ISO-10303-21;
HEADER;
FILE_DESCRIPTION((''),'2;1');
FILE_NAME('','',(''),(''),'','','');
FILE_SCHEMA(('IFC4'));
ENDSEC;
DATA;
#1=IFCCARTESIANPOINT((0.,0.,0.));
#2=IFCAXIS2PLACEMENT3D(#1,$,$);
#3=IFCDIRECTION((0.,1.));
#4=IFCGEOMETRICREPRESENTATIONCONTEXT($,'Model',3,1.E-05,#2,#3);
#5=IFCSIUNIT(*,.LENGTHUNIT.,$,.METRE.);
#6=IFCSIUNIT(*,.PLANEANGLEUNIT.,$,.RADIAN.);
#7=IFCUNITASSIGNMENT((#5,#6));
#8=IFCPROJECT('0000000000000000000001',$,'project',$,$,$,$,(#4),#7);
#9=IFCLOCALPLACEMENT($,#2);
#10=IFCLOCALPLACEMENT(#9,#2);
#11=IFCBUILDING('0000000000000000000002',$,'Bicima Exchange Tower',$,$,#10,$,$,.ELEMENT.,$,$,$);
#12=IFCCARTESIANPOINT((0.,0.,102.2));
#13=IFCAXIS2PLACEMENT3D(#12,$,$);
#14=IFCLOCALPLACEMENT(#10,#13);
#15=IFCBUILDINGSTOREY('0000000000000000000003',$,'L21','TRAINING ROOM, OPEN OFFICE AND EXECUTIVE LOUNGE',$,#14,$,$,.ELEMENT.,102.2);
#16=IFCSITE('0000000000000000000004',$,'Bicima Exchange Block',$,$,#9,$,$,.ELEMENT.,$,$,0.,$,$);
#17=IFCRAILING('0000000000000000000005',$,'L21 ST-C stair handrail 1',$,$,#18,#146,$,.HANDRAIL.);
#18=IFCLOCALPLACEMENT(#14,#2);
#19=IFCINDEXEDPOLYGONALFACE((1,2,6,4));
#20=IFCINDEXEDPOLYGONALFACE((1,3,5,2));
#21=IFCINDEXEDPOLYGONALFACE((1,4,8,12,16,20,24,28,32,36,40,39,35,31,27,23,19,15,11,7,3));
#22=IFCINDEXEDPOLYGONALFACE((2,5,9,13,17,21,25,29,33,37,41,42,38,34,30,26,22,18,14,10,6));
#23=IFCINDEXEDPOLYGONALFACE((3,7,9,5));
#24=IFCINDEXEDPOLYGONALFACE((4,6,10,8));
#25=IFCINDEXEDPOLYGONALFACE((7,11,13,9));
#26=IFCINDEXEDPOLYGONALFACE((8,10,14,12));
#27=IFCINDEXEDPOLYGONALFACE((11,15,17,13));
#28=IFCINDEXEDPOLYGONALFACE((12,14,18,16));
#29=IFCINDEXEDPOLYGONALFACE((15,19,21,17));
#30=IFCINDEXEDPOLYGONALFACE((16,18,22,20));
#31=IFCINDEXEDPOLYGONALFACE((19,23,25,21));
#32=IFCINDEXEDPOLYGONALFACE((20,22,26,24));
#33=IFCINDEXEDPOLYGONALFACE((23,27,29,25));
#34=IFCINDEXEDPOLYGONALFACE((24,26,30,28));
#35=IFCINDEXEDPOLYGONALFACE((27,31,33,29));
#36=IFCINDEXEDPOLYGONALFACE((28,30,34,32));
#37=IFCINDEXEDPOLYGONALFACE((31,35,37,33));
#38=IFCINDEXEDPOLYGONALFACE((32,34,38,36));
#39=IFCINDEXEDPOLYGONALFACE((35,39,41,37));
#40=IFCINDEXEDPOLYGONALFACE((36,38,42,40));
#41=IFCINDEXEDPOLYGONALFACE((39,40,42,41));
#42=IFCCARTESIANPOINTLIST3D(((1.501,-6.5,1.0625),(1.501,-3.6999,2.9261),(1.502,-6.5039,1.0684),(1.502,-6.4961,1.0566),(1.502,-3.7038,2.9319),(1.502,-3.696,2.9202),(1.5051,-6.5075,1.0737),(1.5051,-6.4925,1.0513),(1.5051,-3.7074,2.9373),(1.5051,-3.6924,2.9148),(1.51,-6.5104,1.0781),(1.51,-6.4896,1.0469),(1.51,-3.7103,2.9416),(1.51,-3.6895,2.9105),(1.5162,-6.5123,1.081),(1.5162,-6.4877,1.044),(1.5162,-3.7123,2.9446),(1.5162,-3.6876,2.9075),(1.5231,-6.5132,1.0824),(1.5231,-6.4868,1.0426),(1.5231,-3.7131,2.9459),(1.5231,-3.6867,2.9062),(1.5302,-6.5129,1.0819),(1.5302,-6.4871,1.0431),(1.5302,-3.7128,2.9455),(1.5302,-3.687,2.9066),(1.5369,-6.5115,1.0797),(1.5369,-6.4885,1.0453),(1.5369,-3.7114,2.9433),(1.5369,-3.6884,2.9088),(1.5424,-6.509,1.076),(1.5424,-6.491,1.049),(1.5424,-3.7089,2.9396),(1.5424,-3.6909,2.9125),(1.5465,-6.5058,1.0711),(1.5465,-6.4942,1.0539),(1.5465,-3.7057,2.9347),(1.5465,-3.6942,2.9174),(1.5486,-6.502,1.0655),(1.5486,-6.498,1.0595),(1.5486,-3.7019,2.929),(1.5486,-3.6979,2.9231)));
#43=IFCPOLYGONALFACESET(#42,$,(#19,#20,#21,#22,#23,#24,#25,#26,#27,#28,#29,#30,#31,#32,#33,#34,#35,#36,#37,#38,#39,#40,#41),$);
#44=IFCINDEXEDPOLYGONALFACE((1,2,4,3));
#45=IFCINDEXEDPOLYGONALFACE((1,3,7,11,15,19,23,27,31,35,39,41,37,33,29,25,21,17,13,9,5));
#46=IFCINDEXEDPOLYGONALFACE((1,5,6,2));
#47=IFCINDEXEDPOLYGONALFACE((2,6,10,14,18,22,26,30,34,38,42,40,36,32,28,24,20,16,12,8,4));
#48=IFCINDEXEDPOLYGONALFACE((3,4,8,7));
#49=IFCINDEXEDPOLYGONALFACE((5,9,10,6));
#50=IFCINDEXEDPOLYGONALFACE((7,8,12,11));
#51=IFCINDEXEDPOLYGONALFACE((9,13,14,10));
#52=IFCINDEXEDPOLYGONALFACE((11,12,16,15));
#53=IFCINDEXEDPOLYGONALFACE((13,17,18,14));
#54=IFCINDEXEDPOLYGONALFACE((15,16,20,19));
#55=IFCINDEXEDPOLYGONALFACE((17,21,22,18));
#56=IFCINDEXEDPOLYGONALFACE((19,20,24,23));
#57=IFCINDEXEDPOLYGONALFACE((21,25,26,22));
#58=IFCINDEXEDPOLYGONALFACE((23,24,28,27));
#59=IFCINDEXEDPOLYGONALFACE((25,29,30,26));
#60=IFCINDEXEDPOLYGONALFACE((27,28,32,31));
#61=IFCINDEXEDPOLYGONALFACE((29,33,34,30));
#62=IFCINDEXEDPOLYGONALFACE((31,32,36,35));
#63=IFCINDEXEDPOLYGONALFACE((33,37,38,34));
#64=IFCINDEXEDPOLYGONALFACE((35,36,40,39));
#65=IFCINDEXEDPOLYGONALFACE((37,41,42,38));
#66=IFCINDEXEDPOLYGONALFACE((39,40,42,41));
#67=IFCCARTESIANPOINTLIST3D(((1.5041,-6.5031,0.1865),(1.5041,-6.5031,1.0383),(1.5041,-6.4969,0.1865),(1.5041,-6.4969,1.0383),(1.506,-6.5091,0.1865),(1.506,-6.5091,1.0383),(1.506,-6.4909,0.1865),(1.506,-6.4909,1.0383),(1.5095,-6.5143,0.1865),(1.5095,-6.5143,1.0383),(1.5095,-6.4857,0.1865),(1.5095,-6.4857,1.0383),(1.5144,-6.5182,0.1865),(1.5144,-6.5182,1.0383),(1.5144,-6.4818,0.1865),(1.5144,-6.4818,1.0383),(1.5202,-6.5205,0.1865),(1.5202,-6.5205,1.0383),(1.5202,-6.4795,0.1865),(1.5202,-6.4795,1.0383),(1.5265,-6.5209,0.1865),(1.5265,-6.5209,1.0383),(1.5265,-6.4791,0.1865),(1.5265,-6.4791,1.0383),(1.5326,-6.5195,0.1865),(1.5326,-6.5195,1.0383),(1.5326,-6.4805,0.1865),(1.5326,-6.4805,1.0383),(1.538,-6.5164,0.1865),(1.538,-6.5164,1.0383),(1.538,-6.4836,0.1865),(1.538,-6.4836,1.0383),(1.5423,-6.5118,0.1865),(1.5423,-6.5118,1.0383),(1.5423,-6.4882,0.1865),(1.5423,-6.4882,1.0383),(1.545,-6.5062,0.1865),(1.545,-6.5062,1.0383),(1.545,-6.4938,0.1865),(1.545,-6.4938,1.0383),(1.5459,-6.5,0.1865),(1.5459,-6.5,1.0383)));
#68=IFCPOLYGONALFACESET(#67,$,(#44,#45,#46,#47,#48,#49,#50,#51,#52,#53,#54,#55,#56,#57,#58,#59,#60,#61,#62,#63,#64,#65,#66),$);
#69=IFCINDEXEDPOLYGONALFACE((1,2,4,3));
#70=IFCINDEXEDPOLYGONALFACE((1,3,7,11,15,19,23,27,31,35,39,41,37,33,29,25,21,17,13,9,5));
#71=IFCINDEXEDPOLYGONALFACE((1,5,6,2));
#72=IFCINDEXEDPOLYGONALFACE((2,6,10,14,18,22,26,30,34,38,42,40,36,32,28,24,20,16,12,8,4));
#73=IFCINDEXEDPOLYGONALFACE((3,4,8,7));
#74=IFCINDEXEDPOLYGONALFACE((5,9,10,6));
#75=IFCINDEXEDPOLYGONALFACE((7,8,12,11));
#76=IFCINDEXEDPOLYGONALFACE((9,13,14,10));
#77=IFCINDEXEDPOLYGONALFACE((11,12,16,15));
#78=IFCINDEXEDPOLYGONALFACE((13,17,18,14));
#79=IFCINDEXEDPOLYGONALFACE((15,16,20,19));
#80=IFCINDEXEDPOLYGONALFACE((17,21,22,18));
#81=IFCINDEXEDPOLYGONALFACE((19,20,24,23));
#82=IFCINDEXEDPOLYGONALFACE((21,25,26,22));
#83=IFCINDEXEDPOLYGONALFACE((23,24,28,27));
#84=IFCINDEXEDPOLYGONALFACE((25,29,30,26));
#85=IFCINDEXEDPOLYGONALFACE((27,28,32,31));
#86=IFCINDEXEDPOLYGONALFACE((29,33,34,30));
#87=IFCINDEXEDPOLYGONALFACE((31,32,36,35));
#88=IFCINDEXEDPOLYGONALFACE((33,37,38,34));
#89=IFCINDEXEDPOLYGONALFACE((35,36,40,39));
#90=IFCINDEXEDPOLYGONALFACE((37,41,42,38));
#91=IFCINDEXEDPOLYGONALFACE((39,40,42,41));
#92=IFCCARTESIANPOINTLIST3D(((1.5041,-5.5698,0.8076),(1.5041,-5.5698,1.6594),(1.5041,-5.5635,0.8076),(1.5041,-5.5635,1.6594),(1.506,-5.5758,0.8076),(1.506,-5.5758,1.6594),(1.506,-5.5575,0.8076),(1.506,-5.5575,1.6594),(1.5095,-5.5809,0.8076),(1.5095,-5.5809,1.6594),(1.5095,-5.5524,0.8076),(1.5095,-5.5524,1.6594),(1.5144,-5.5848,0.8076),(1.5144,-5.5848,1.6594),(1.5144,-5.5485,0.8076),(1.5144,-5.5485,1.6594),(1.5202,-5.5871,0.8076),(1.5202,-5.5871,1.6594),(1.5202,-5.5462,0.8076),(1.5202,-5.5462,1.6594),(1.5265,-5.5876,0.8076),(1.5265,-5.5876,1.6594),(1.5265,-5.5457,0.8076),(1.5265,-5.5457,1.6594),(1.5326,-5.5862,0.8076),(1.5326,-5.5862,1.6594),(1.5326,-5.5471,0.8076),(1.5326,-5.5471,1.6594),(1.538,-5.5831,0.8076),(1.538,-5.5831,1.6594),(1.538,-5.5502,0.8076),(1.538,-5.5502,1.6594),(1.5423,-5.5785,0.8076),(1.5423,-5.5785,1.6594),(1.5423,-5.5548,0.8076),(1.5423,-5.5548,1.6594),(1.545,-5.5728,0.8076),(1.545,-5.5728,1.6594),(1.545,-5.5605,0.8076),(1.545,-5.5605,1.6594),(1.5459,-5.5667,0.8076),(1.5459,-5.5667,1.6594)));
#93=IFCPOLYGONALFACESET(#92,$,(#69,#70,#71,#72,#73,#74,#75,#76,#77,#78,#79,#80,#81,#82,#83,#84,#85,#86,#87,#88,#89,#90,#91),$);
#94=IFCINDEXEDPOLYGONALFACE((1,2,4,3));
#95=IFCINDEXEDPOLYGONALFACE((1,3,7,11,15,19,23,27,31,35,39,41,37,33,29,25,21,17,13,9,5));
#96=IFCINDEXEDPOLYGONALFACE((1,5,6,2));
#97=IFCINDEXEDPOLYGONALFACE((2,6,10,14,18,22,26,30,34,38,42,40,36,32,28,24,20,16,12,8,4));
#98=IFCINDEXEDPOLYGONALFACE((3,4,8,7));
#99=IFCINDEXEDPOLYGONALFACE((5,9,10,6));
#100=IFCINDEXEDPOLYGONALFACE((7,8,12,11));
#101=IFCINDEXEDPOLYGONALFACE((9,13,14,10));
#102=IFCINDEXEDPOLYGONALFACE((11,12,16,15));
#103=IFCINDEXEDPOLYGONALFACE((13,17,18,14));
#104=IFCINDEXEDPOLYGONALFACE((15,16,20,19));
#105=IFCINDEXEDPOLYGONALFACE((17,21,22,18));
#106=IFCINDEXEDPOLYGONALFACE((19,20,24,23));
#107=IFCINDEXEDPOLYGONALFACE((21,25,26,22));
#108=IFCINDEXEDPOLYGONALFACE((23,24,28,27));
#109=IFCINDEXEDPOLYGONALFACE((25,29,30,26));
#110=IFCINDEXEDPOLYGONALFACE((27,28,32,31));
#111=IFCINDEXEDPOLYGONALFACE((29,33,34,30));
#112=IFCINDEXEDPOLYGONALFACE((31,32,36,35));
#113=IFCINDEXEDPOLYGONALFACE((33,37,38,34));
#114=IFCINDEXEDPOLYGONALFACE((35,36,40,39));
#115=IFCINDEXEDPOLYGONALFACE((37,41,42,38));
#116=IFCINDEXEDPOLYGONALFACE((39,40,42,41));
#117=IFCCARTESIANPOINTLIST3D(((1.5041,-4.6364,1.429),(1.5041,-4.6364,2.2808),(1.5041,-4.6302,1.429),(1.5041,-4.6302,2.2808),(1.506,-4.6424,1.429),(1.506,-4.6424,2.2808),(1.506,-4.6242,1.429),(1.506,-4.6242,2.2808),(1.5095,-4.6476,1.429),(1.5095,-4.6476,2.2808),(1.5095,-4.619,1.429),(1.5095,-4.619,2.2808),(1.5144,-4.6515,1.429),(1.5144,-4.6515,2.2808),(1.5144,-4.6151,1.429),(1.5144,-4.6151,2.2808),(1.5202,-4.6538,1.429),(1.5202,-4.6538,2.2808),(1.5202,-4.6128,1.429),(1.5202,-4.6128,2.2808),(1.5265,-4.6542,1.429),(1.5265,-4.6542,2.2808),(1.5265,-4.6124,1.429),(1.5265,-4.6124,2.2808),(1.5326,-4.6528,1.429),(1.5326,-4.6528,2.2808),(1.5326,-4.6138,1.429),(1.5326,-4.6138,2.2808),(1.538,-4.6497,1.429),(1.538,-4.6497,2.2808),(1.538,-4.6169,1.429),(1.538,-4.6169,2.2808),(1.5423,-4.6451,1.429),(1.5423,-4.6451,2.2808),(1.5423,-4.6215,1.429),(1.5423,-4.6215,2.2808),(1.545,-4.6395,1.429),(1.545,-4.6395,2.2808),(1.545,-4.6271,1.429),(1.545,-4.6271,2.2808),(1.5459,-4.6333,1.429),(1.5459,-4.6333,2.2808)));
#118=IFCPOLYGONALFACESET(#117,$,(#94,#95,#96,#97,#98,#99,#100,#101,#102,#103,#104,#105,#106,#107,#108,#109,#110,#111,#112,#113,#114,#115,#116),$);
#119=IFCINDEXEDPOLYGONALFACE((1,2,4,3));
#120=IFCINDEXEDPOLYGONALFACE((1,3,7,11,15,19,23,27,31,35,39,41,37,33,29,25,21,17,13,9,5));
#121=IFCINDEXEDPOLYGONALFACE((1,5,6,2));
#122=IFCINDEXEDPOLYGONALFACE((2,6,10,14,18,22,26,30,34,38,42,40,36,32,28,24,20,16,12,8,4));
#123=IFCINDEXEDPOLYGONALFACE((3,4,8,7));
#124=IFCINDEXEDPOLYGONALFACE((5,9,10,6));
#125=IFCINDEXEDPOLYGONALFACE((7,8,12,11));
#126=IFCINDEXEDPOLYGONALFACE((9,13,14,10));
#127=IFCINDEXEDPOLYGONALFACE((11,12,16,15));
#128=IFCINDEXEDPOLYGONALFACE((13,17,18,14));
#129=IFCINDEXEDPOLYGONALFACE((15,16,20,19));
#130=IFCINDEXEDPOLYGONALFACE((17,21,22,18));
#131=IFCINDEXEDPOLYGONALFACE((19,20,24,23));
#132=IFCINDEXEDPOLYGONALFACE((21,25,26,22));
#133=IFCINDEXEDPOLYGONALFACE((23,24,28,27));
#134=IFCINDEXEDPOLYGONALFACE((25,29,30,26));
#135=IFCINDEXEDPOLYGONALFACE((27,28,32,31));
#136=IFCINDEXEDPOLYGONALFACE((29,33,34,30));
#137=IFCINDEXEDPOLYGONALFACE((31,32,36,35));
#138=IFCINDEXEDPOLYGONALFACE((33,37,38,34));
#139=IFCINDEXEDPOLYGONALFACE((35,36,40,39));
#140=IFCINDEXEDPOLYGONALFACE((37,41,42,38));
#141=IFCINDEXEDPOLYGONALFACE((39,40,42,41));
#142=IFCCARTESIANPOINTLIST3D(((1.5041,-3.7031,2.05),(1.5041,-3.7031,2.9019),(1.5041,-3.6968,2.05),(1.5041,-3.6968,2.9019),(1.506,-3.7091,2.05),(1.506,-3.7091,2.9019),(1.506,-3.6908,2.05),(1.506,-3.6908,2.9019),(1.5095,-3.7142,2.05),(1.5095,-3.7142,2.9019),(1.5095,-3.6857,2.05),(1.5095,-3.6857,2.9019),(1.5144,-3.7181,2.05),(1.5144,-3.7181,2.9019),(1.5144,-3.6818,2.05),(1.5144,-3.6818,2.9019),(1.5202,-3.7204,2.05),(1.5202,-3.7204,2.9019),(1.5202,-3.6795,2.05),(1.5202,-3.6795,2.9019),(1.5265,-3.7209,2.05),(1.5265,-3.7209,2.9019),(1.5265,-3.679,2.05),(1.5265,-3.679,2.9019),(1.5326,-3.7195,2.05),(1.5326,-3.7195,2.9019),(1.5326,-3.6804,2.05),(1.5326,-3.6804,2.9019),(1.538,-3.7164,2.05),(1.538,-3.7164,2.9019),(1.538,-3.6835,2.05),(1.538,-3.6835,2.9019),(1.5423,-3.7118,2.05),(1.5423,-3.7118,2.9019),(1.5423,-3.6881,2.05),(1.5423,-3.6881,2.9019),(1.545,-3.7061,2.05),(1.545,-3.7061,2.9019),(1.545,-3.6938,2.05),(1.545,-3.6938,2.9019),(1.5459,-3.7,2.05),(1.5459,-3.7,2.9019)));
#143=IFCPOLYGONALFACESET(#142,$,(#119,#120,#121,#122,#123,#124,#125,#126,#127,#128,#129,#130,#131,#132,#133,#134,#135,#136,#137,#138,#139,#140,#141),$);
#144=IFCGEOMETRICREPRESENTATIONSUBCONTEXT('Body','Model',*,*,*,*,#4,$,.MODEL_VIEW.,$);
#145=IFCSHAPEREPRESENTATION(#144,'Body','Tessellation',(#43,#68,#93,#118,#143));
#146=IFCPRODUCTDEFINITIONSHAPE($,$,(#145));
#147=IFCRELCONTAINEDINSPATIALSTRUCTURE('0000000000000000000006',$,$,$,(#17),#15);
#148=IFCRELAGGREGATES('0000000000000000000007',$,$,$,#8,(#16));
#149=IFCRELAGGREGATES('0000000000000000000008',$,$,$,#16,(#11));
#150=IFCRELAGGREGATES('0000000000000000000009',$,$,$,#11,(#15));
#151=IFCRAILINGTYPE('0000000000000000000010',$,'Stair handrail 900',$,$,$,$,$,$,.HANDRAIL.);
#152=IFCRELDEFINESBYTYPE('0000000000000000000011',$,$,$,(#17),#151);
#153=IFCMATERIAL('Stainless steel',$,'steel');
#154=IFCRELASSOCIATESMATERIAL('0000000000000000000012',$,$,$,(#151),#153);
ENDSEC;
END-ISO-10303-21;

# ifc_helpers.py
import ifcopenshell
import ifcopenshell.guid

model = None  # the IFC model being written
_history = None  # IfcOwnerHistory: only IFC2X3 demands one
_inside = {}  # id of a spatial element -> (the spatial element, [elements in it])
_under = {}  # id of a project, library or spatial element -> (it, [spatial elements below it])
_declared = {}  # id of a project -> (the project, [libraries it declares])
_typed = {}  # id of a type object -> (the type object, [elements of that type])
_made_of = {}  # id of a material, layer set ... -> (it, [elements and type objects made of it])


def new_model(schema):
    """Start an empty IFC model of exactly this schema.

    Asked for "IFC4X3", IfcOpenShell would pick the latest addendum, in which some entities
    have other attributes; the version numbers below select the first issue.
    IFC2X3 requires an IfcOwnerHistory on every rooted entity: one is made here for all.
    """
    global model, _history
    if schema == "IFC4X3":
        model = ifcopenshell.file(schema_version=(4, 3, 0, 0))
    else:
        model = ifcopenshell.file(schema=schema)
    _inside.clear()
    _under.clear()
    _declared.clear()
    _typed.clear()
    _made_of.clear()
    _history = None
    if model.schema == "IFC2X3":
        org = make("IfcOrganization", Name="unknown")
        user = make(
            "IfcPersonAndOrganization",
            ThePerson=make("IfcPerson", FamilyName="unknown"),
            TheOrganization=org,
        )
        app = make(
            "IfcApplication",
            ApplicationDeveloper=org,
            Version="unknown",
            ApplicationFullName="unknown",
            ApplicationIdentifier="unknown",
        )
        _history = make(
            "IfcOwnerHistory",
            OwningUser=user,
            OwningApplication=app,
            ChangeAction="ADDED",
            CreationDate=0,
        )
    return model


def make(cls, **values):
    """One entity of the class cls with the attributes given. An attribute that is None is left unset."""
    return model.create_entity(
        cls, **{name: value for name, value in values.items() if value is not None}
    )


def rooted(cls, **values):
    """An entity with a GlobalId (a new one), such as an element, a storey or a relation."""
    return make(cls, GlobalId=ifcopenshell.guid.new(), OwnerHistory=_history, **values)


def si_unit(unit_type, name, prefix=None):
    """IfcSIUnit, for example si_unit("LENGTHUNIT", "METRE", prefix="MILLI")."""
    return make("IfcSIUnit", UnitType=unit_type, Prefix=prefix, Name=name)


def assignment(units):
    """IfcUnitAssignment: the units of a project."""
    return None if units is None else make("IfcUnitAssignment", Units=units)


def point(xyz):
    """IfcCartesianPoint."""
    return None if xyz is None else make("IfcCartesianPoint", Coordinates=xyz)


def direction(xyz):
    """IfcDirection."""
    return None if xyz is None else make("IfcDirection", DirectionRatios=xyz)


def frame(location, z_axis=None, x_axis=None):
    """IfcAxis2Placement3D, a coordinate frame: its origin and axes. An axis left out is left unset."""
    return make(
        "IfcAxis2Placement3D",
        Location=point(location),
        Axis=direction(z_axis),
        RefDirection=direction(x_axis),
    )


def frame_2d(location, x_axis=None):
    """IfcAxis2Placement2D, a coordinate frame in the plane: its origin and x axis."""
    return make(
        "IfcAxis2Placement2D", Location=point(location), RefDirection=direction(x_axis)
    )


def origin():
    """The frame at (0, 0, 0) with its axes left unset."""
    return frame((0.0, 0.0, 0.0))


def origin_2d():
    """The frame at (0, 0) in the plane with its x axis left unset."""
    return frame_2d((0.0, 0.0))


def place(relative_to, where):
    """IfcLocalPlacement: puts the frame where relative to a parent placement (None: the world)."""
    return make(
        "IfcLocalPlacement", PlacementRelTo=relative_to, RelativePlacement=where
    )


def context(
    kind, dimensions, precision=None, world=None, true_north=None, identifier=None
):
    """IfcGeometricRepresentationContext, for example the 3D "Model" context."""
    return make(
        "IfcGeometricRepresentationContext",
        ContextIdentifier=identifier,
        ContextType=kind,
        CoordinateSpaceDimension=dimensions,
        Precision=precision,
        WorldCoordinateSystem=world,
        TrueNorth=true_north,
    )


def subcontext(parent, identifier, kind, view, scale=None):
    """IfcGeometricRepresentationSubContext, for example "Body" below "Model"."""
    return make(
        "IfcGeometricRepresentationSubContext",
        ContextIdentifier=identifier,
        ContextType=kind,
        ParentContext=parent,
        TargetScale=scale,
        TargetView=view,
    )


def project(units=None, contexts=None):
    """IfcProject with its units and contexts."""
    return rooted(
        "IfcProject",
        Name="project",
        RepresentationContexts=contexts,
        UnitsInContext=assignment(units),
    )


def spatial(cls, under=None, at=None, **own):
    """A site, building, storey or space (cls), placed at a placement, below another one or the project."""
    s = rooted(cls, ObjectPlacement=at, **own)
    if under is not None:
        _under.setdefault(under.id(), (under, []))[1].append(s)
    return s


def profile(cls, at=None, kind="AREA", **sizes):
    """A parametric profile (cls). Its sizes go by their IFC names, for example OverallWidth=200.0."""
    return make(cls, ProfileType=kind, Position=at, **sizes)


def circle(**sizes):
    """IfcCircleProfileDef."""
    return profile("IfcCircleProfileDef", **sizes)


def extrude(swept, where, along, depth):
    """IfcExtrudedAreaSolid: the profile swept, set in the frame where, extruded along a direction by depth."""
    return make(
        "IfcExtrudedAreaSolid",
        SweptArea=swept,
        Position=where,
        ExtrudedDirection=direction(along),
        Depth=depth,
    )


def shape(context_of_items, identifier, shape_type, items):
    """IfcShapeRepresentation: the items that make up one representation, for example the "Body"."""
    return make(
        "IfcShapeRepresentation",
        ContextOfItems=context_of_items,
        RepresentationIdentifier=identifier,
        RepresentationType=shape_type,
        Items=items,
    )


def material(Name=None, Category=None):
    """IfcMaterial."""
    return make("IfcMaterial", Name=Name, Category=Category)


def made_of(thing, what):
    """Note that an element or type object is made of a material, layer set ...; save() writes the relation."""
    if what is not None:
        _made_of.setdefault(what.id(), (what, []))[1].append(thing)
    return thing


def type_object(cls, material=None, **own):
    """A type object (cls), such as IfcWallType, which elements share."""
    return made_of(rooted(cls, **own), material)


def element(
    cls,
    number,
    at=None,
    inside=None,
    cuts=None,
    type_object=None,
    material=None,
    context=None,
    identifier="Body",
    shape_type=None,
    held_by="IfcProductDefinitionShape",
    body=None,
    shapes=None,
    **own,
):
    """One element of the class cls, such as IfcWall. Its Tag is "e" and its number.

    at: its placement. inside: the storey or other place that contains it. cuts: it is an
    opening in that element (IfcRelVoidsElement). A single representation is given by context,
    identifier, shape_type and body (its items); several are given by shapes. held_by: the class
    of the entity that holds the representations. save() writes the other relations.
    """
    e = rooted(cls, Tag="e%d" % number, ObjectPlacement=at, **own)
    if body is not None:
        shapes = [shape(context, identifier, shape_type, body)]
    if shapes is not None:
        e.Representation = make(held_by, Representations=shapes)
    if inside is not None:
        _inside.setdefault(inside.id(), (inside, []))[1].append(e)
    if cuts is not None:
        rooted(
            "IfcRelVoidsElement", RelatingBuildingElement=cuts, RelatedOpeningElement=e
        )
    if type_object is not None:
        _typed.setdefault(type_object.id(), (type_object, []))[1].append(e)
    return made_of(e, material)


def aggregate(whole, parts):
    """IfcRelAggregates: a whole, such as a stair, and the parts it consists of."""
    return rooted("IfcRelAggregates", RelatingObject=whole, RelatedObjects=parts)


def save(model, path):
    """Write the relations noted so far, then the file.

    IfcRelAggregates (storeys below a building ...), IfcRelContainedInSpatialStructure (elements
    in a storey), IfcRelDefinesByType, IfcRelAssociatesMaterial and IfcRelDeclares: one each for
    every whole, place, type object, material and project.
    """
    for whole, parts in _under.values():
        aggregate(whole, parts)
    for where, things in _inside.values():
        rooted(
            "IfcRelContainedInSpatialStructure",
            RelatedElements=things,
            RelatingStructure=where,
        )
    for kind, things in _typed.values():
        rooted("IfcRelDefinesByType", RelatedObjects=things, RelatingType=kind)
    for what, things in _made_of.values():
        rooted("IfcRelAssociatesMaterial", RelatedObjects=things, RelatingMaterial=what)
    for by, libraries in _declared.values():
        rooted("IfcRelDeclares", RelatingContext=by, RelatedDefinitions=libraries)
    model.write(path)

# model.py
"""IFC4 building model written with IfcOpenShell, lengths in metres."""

from ifc_helpers import new_model, si_unit, direction, frame, origin, origin_2d, place, context, subcontext, project, spatial, circle, extrude, material, type_object, element, save


model = new_model("IFC4")

# Units and contexts
model_context = context("Model", 3, precision=1e-05, world=origin(), true_north=direction((0.0, 1.0)))
body_context = subcontext(model_context, "Body", "Model", "MODEL_VIEW")
ifc_project = project(units=[si_unit("LENGTHUNIT", "METRE"), si_unit("PLANEANGLEUNIT", "RADIAN")], contexts=[model_context])

# Site, building, storey
site_placement = place(None, origin())
site = spatial("IfcSite", under=ifc_project, at=site_placement, Name="Bicima Exchange Block", CompositionType="ELEMENT", RefElevation=0.0)
building_placement = place(site_placement, origin())
building = spatial("IfcBuilding", under=site, at=building_placement, Name="Bicima Exchange Tower", CompositionType="ELEMENT")
storey_placement = place(building_placement, frame((0.0, 0.0, 102.2)))
storey = spatial("IfcBuildingStorey", under=building, at=storey_placement, Name="L21", Description="TRAINING ROOM, OPEN OFFICE AND EXECUTIVE LOUNGE", CompositionType="ELEMENT", Elevation=102.2)

# Shared definitions
ifc_material_1 = material(Name="Stainless steel", Category="steel")

# Railing
railing_type_1 = type_object("IfcRailingType", Name="Stair handrail 900", PredefinedType="HANDRAIL", material=ifc_material_1)
railing_1_placement = place(storey_placement, frame((1.5249, -6.5, 0.1865)))
element("IfcRailing", 1, at=railing_1_placement, inside=storey, type_object=railing_type_1, Name="L21 ST-C stair handrail 1", PredefinedType="HANDRAIL", context=body_context, shape_type="SweptSolid", body=[
    extrude(circle(Radius=0.0239, at=origin_2d()), frame((0.0, 0.0, 0.876), z_axis=(0.0, 0.832486, 0.554047), x_axis=(-1.0, 0.0, 0.0)), (0.0, 0.0, 1.0), 3.3635),
    extrude(circle(Radius=0.021, at=origin_2d()), origin(), (0.0, 0.0, 1.0), 0.8518),
    extrude(circle(Radius=0.021, at=origin_2d()), frame((0.0, 0.9333, 0.6211)), (0.0, 0.0, 1.0), 0.8518),
    extrude(circle(Radius=0.021, at=origin_2d()), frame((0.0, 1.8667, 1.2424)), (0.0, 0.0, 1.0), 0.8518),
    extrude(circle(Radius=0.021, at=origin_2d()), frame((0.0, 2.8, 1.8635)), (0.0, 0.0, 1.0), 0.8518),
])

save(model, "model.ifc")
